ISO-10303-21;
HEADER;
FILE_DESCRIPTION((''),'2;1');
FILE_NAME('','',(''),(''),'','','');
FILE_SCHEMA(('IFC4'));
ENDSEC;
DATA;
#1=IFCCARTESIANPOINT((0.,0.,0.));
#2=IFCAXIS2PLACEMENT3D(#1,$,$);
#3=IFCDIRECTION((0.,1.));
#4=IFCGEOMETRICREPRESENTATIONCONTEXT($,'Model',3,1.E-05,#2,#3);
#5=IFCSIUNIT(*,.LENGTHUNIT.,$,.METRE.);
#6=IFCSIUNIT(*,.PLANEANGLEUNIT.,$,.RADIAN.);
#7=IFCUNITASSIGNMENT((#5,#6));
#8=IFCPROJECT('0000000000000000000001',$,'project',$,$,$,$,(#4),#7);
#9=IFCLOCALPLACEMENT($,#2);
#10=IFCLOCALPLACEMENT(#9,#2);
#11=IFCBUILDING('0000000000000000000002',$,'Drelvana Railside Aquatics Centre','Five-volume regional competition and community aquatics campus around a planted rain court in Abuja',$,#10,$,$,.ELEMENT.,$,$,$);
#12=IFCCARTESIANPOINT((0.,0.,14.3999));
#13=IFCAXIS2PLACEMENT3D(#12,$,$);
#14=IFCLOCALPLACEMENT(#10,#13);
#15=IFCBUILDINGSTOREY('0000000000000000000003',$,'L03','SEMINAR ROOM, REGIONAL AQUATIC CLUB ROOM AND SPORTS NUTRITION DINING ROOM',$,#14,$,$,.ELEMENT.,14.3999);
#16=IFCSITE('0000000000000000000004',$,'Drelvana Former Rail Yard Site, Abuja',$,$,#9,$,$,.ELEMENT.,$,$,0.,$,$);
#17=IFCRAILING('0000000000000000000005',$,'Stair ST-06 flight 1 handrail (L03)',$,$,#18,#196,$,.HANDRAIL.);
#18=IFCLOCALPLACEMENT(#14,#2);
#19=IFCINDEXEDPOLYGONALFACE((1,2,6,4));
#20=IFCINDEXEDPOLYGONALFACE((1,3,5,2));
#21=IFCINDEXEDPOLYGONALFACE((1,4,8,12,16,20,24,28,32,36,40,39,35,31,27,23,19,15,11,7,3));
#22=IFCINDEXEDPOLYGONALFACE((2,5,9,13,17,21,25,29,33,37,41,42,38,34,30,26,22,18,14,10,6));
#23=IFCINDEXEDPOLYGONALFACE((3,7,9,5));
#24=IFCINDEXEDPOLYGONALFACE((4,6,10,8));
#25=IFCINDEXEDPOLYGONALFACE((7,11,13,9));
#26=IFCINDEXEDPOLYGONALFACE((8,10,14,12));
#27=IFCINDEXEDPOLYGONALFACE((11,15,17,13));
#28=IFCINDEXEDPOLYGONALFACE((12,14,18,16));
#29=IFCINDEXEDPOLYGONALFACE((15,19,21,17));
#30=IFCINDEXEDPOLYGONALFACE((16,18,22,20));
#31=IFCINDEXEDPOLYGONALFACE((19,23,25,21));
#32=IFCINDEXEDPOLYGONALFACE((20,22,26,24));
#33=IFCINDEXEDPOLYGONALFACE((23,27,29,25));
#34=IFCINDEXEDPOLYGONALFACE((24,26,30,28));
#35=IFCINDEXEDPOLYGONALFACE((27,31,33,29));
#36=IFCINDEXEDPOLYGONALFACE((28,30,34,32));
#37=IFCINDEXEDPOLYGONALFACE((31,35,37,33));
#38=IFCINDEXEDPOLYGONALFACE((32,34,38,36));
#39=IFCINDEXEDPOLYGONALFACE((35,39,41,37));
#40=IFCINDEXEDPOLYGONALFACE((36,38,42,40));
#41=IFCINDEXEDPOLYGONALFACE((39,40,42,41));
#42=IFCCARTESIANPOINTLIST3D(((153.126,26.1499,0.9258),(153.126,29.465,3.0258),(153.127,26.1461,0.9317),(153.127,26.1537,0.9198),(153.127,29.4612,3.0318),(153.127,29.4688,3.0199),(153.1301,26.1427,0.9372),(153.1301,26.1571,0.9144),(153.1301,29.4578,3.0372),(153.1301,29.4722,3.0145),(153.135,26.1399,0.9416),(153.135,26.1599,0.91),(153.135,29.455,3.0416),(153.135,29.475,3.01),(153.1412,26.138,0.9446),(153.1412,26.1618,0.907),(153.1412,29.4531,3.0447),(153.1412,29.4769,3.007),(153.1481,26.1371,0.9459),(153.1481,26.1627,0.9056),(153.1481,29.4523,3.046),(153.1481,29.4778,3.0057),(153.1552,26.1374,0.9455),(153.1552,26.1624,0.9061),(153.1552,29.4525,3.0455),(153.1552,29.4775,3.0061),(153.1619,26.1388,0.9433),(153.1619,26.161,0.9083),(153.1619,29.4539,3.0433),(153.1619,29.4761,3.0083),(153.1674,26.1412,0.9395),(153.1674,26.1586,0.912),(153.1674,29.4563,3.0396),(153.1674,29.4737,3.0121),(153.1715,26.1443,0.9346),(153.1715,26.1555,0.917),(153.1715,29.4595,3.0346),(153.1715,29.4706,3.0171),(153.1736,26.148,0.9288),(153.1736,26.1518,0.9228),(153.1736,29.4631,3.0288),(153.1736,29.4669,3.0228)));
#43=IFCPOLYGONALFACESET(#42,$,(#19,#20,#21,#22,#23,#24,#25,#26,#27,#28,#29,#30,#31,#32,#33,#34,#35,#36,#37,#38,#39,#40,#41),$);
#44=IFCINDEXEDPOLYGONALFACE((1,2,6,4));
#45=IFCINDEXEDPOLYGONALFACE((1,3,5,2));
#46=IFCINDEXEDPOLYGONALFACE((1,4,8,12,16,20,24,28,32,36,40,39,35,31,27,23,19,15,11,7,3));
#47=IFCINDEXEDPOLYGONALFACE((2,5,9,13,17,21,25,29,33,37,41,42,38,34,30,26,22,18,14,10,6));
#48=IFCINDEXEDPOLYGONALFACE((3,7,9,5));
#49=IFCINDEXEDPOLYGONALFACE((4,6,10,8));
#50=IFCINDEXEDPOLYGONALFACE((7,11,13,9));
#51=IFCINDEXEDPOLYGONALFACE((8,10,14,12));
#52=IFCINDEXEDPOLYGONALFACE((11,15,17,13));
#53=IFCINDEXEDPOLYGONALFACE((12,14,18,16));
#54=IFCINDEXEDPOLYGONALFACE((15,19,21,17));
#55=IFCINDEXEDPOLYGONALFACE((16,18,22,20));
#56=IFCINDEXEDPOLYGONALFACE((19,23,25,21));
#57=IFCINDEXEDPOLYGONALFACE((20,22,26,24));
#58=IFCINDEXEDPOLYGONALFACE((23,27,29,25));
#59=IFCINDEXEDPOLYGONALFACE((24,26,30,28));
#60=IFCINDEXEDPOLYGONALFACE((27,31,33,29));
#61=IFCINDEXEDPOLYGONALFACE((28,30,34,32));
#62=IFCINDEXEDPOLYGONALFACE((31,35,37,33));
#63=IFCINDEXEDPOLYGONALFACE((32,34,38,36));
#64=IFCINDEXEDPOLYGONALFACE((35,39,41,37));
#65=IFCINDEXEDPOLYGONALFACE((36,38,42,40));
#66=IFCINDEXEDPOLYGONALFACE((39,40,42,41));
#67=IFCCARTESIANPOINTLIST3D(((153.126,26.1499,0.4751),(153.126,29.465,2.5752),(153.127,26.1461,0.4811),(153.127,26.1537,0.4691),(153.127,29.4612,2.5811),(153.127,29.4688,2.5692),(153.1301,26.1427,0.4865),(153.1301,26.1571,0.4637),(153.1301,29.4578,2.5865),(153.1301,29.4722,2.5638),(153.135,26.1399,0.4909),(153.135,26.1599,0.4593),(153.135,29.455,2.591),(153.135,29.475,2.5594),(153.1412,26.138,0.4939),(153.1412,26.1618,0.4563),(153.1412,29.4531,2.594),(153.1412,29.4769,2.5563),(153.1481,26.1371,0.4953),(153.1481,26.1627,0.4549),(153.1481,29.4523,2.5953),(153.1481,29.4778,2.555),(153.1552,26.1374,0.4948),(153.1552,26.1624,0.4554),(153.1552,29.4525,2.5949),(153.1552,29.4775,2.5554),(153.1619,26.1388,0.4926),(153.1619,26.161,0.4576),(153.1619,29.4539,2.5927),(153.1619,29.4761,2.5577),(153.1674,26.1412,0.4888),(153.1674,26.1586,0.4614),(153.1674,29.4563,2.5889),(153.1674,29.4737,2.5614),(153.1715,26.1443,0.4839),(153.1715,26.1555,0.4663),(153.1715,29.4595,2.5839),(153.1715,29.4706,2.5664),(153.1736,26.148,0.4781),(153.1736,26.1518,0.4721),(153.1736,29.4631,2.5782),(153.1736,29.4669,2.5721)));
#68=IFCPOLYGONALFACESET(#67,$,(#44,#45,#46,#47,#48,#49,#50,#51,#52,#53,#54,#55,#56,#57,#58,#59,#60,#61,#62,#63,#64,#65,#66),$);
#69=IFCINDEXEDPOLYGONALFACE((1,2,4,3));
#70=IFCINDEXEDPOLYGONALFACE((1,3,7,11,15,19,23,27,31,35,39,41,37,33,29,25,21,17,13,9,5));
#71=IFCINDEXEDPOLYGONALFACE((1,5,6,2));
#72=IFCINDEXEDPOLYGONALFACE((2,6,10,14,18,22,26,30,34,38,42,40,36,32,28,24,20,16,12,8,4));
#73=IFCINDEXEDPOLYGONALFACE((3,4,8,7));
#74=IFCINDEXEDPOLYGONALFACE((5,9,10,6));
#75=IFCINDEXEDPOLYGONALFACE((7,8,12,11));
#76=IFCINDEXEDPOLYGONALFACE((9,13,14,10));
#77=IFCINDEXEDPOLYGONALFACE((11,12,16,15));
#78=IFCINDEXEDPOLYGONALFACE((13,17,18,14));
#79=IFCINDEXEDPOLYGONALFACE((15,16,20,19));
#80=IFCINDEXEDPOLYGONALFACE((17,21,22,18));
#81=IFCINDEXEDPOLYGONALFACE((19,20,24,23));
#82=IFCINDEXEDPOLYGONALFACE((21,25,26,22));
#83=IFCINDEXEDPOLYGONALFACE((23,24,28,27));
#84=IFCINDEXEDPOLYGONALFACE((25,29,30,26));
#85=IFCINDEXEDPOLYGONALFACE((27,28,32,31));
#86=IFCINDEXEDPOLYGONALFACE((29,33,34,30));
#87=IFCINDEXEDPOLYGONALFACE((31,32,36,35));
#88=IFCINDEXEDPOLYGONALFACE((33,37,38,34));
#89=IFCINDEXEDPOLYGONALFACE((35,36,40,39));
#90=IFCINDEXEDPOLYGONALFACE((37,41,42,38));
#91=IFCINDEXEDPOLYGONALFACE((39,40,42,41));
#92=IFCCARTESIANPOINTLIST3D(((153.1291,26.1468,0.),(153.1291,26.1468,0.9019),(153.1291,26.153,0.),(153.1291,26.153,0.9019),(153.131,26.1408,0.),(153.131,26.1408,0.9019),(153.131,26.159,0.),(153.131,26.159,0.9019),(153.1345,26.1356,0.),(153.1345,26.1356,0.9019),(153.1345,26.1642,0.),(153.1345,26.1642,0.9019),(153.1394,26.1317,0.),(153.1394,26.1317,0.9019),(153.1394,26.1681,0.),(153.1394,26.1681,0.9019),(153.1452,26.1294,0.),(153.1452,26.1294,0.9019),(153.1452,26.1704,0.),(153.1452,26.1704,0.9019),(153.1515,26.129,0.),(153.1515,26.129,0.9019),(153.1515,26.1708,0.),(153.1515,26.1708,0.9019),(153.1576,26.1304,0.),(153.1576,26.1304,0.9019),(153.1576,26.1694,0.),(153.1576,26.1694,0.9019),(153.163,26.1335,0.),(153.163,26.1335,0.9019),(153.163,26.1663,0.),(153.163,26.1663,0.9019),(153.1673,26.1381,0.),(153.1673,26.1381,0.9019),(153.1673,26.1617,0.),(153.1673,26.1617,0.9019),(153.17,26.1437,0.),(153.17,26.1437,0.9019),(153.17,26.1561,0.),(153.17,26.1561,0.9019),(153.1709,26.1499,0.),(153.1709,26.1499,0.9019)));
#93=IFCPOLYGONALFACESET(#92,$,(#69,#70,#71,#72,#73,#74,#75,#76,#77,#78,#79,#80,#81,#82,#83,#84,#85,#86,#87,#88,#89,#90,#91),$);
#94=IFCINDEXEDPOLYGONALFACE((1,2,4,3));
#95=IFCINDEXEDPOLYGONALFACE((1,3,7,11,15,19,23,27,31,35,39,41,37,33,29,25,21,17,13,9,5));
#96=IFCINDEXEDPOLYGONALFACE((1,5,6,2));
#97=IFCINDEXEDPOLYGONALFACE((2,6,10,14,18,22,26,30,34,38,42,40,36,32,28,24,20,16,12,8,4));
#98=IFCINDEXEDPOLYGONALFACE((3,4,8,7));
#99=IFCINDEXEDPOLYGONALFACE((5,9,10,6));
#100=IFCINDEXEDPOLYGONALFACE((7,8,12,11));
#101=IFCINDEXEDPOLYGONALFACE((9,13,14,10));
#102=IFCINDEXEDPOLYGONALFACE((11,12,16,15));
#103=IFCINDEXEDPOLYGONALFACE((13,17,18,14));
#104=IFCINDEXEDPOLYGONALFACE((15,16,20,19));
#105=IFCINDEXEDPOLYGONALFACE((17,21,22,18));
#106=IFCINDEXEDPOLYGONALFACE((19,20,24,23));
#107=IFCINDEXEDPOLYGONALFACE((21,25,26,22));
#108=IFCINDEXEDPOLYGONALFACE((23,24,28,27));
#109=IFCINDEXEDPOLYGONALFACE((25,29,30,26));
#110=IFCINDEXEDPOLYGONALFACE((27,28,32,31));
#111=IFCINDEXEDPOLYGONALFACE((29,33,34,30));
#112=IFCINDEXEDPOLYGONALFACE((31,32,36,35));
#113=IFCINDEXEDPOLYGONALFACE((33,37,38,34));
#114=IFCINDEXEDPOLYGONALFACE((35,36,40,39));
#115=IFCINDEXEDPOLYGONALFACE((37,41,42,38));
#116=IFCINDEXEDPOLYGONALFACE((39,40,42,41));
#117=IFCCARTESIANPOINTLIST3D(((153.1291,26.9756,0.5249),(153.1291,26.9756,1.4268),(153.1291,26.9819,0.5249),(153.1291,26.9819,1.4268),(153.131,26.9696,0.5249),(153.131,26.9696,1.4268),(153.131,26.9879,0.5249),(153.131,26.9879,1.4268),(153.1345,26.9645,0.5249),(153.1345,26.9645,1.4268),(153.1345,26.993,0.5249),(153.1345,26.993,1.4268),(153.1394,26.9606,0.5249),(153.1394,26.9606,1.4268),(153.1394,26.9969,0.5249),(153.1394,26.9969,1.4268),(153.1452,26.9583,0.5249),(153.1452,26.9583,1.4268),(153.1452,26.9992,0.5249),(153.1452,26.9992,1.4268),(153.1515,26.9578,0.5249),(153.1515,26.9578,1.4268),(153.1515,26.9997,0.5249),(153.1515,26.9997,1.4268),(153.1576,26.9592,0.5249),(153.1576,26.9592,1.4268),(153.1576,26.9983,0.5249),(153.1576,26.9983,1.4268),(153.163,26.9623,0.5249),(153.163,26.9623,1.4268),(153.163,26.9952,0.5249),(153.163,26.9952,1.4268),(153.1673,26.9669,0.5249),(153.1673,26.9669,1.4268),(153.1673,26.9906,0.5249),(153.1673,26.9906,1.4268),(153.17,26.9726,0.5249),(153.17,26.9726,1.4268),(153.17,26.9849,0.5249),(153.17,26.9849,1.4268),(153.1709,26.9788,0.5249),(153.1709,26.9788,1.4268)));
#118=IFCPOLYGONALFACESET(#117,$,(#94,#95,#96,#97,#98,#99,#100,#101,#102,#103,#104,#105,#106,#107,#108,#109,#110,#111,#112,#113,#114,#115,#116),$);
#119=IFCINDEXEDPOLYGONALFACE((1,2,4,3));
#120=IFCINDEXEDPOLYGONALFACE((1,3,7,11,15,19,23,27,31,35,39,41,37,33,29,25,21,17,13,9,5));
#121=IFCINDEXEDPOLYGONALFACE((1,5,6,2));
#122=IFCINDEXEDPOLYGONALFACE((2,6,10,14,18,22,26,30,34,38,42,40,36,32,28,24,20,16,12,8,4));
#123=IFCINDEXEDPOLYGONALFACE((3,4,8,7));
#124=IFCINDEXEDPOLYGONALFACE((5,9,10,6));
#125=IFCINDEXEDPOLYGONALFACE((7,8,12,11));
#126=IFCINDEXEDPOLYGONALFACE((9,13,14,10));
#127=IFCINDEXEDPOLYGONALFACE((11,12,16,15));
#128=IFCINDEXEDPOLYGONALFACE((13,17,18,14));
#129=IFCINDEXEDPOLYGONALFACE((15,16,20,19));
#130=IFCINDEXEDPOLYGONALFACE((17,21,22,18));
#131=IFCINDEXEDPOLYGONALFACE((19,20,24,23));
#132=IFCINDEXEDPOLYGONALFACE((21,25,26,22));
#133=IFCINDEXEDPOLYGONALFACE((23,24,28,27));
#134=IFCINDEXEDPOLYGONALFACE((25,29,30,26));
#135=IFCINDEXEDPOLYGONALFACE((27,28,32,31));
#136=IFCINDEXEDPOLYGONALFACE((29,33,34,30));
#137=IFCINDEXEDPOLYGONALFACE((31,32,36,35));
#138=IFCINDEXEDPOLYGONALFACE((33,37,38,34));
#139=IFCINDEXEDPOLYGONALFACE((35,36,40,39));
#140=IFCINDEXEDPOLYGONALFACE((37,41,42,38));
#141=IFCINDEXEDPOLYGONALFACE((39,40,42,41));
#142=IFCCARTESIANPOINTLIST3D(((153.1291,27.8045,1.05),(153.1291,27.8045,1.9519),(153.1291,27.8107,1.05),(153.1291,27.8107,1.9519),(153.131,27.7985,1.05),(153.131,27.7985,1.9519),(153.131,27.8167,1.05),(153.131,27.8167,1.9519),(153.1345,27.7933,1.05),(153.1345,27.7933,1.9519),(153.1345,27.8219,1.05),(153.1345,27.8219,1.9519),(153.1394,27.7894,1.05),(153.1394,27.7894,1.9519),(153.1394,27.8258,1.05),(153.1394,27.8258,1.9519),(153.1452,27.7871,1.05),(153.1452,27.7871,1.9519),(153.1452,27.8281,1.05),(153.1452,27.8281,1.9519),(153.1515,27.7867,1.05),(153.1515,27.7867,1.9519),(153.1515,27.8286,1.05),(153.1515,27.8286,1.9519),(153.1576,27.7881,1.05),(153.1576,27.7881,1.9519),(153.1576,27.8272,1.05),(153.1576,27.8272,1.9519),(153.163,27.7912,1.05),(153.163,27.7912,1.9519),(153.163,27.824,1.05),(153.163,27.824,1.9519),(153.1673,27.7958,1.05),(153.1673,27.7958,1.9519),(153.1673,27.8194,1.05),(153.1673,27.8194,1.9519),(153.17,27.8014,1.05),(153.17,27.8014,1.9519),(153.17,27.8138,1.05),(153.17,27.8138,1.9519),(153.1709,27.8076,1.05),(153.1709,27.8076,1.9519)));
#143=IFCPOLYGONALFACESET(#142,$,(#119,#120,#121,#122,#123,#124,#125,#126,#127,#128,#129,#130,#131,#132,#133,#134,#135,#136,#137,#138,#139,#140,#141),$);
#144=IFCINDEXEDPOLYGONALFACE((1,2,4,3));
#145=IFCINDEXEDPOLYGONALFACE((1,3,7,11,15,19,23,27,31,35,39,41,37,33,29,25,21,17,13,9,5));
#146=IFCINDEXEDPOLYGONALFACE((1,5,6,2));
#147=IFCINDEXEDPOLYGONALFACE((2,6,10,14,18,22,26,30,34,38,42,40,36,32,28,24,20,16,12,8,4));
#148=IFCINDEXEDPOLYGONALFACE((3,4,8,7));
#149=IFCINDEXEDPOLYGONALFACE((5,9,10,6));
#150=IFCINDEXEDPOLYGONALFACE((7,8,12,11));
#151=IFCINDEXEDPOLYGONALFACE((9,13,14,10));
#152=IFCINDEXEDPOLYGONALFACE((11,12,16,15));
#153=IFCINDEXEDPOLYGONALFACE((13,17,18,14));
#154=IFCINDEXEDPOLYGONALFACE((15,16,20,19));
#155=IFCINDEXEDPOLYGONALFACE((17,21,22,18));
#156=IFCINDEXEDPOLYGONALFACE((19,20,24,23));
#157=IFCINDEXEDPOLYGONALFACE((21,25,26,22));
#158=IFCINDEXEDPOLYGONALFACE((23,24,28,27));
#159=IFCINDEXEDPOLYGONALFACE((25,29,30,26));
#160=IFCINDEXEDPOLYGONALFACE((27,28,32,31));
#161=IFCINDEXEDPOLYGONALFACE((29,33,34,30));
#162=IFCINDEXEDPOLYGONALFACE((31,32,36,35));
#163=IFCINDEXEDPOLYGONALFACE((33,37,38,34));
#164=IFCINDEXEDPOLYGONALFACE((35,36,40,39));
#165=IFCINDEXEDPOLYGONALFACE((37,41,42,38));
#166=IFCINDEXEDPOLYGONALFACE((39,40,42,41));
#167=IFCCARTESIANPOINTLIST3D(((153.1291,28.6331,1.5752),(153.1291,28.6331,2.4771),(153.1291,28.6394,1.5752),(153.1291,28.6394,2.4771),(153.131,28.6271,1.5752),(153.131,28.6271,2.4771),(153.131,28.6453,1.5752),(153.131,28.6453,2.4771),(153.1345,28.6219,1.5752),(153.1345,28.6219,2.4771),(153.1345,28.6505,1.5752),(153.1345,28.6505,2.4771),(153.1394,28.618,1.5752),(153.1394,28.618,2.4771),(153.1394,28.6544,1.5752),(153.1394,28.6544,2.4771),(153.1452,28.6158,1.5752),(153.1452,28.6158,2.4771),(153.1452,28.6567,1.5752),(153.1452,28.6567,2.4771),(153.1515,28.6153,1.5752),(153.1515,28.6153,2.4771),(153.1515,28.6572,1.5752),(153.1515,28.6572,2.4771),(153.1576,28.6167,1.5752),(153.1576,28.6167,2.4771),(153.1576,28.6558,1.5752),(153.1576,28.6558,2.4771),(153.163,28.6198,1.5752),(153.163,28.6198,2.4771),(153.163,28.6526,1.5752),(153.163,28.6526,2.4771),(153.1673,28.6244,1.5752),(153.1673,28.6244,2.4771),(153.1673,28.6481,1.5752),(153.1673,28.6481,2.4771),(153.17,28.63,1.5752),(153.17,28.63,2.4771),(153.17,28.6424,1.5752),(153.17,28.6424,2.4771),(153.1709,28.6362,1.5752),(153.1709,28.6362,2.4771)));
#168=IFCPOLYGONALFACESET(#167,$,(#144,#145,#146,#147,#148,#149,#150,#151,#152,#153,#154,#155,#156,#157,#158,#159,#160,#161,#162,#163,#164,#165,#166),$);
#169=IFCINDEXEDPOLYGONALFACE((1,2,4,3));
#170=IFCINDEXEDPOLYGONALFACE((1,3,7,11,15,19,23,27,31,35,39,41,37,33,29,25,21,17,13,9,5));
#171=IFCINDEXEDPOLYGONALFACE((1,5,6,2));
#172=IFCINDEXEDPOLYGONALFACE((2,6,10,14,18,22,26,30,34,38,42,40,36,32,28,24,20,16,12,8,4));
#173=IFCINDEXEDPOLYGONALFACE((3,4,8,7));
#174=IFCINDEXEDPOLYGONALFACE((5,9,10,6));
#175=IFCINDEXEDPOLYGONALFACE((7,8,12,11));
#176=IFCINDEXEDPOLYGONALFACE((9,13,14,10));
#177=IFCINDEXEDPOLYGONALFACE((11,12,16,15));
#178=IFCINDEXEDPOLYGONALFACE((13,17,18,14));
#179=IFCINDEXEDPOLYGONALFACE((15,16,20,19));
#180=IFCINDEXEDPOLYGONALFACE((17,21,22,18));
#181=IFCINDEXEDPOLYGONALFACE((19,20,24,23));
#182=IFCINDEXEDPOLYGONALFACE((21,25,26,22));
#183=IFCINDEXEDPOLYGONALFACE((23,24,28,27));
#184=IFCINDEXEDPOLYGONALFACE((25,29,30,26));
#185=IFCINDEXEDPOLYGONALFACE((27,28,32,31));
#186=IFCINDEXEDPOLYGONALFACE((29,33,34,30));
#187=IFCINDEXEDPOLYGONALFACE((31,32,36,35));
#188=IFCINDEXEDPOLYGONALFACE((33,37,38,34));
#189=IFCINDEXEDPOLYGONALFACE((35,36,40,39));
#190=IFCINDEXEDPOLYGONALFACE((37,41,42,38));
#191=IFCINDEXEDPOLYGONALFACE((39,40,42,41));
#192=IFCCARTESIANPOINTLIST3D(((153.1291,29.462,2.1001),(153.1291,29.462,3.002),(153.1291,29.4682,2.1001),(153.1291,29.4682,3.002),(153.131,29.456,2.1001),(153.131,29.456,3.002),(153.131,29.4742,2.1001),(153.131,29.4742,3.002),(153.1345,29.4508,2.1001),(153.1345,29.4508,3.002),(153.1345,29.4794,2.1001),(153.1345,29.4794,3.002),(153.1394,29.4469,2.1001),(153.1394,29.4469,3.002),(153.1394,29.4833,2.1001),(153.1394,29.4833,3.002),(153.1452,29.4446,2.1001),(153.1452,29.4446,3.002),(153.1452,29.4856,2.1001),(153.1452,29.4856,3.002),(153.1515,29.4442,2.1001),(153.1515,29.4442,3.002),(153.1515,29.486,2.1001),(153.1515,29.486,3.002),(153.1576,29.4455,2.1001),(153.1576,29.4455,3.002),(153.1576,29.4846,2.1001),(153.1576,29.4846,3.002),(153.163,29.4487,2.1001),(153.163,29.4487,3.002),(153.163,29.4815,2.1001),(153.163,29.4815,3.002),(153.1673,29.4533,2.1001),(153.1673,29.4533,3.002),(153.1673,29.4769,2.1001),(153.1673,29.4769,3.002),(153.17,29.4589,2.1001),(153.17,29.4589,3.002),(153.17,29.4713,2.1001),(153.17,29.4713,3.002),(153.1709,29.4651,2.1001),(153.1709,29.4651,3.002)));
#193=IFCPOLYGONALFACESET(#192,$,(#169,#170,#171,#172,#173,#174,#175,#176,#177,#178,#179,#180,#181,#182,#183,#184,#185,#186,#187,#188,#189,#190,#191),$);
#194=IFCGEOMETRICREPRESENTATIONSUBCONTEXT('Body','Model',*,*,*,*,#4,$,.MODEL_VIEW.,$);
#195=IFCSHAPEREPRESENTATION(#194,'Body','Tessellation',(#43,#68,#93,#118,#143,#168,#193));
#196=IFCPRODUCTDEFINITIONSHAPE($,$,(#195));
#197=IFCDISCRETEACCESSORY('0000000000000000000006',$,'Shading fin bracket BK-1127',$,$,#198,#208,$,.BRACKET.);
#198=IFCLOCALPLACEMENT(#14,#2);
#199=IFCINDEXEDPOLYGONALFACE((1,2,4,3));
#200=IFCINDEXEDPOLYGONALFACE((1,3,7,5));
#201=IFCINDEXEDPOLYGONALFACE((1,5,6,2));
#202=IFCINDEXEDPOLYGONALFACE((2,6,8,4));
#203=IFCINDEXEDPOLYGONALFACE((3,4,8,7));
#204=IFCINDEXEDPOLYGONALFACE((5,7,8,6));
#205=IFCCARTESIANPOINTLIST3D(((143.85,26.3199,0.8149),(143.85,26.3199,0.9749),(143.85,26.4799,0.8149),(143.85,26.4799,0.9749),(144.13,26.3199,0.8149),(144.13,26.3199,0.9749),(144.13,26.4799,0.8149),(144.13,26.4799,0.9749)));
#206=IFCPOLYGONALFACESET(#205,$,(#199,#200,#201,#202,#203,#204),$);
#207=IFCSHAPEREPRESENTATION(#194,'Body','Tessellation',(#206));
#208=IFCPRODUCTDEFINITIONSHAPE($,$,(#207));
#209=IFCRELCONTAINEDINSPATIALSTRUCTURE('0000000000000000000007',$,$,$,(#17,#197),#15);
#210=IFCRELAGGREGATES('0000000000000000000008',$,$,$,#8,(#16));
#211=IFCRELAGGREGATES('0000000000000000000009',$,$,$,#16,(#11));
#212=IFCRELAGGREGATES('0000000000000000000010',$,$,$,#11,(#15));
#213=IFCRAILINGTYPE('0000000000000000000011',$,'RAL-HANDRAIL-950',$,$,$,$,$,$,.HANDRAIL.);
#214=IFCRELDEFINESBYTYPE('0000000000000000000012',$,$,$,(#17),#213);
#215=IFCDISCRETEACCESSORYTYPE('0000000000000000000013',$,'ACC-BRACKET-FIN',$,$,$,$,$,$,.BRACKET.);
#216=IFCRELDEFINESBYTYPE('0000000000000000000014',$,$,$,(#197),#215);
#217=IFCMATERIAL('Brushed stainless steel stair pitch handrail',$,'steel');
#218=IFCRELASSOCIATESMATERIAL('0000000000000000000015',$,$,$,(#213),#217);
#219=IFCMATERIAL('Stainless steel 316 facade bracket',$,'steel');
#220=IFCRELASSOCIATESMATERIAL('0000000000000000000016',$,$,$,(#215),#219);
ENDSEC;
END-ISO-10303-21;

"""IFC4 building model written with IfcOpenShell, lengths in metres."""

from ifc_helpers import new_model, si_unit, direction, frame, origin, origin_2d, place, context, subcontext, project, spatial, rectangle, circle, extrude, material, type_object, element, save


model = new_model("IFC4")

# Units and contexts
model_context = context("Model", 3, precision=1e-05, world=origin(), true_north=direction((0.0, 1.0)))
body_context = subcontext(model_context, "Body", "Model", "MODEL_VIEW")
ifc_project = project(units=[si_unit("LENGTHUNIT", "METRE"), si_unit("PLANEANGLEUNIT", "RADIAN")], contexts=[model_context])

# Site, building, storey
site_placement = place(None, origin())
site = spatial("IfcSite", under=ifc_project, at=site_placement, Name="Drelvana Former Rail Yard Site, Abuja", CompositionType="ELEMENT", RefElevation=0.0)
building_placement = place(site_placement, origin())
building = spatial("IfcBuilding", under=site, at=building_placement, Name="Drelvana Railside Aquatics Centre", Description="Five-volume regional competition and community aquatics campus around a planted rain court in Abuja", CompositionType="ELEMENT")
storey_placement = place(building_placement, frame((0.0, 0.0, 14.3999)))
storey = spatial("IfcBuildingStorey", under=building, at=storey_placement, Name="L03", Description="SEMINAR ROOM, REGIONAL AQUATIC CLUB ROOM AND SPORTS NUTRITION DINING ROOM", CompositionType="ELEMENT", Elevation=14.3999)

# Railing
ifc_material_1 = material(Name="Brushed stainless steel stair pitch handrail", Category="steel")
railing_type = type_object("IfcRailingType", Name="RAL-HANDRAIL-950", PredefinedType="HANDRAIL", material=ifc_material_1)
railing_placement = place(storey_placement, frame((153.1499, 26.1499, 0.0)))
element("IfcRailing", 1, at=railing_placement, inside=storey, type_object=railing_type, Name="Stair ST-06 flight 1 handrail (L03)", PredefinedType="HANDRAIL", context=body_context, shape_type="SweptSolid", body=[
    extrude(circle(Radius=0.0239, at=origin_2d()), frame((0.0, 0.0, 0.9258), z_axis=(0.0, 0.844764, 0.535139), x_axis=(-1.0, 0.0, 0.0)), (0.0, 0.0, 1.0), 3.9243),
    extrude(circle(Radius=0.0239, at=origin_2d()), frame((0.0, 0.0, 0.4751), z_axis=(0.0, 0.844764, 0.535139), x_axis=(-1.0, 0.0, 0.0)), (0.0, 0.0, 1.0), 3.9243),
    extrude(circle(Radius=0.021, at=origin_2d()), origin(), (0.0, 0.0, 1.0), 0.9019),
    extrude(circle(Radius=0.021, at=origin_2d()), frame((0.0, 0.8289, 0.5249)), (0.0, 0.0, 1.0), 0.9019),
    extrude(circle(Radius=0.021, at=origin_2d()), frame((0.0, 1.6577, 1.05)), (0.0, 0.0, 1.0), 0.9019),
    extrude(circle(Radius=0.021, at=origin_2d()), frame((0.0, 2.4863, 1.5752)), (0.0, 0.0, 1.0), 0.9019),
    extrude(circle(Radius=0.021, at=origin_2d()), frame((0.0, 3.3152, 2.1001)), (0.0, 0.0, 1.0), 0.9019),
])

# Discrete accessory
ifc_material_2 = material(Name="Stainless steel 316 facade bracket", Category="steel")
discrete_accessory_type = type_object("IfcDiscreteAccessoryType", Name="ACC-BRACKET-FIN", PredefinedType="BRACKET", material=ifc_material_2)
for number, where, z_axis, x_axis, name in (
    (2, (143.99, 26.3999, 0.8149), (0.0, 0.0, 1.0), (-1.0, 0.0, 0.0), "Shading fin bracket BK-1127"),
):
    element("IfcDiscreteAccessory", number, at=place(storey_placement, frame(where, z_axis=z_axis, x_axis=x_axis)), inside=storey, type_object=discrete_accessory_type, Name=name, PredefinedType="BRACKET", context=body_context, shape_type="SweptSolid", body=[
        extrude(rectangle(XDim=0.28, YDim=0.1599, at=origin_2d()), origin(), (0.0, 0.0, 1.0), 0.1599),
    ])

save(model, "model.ifc")
